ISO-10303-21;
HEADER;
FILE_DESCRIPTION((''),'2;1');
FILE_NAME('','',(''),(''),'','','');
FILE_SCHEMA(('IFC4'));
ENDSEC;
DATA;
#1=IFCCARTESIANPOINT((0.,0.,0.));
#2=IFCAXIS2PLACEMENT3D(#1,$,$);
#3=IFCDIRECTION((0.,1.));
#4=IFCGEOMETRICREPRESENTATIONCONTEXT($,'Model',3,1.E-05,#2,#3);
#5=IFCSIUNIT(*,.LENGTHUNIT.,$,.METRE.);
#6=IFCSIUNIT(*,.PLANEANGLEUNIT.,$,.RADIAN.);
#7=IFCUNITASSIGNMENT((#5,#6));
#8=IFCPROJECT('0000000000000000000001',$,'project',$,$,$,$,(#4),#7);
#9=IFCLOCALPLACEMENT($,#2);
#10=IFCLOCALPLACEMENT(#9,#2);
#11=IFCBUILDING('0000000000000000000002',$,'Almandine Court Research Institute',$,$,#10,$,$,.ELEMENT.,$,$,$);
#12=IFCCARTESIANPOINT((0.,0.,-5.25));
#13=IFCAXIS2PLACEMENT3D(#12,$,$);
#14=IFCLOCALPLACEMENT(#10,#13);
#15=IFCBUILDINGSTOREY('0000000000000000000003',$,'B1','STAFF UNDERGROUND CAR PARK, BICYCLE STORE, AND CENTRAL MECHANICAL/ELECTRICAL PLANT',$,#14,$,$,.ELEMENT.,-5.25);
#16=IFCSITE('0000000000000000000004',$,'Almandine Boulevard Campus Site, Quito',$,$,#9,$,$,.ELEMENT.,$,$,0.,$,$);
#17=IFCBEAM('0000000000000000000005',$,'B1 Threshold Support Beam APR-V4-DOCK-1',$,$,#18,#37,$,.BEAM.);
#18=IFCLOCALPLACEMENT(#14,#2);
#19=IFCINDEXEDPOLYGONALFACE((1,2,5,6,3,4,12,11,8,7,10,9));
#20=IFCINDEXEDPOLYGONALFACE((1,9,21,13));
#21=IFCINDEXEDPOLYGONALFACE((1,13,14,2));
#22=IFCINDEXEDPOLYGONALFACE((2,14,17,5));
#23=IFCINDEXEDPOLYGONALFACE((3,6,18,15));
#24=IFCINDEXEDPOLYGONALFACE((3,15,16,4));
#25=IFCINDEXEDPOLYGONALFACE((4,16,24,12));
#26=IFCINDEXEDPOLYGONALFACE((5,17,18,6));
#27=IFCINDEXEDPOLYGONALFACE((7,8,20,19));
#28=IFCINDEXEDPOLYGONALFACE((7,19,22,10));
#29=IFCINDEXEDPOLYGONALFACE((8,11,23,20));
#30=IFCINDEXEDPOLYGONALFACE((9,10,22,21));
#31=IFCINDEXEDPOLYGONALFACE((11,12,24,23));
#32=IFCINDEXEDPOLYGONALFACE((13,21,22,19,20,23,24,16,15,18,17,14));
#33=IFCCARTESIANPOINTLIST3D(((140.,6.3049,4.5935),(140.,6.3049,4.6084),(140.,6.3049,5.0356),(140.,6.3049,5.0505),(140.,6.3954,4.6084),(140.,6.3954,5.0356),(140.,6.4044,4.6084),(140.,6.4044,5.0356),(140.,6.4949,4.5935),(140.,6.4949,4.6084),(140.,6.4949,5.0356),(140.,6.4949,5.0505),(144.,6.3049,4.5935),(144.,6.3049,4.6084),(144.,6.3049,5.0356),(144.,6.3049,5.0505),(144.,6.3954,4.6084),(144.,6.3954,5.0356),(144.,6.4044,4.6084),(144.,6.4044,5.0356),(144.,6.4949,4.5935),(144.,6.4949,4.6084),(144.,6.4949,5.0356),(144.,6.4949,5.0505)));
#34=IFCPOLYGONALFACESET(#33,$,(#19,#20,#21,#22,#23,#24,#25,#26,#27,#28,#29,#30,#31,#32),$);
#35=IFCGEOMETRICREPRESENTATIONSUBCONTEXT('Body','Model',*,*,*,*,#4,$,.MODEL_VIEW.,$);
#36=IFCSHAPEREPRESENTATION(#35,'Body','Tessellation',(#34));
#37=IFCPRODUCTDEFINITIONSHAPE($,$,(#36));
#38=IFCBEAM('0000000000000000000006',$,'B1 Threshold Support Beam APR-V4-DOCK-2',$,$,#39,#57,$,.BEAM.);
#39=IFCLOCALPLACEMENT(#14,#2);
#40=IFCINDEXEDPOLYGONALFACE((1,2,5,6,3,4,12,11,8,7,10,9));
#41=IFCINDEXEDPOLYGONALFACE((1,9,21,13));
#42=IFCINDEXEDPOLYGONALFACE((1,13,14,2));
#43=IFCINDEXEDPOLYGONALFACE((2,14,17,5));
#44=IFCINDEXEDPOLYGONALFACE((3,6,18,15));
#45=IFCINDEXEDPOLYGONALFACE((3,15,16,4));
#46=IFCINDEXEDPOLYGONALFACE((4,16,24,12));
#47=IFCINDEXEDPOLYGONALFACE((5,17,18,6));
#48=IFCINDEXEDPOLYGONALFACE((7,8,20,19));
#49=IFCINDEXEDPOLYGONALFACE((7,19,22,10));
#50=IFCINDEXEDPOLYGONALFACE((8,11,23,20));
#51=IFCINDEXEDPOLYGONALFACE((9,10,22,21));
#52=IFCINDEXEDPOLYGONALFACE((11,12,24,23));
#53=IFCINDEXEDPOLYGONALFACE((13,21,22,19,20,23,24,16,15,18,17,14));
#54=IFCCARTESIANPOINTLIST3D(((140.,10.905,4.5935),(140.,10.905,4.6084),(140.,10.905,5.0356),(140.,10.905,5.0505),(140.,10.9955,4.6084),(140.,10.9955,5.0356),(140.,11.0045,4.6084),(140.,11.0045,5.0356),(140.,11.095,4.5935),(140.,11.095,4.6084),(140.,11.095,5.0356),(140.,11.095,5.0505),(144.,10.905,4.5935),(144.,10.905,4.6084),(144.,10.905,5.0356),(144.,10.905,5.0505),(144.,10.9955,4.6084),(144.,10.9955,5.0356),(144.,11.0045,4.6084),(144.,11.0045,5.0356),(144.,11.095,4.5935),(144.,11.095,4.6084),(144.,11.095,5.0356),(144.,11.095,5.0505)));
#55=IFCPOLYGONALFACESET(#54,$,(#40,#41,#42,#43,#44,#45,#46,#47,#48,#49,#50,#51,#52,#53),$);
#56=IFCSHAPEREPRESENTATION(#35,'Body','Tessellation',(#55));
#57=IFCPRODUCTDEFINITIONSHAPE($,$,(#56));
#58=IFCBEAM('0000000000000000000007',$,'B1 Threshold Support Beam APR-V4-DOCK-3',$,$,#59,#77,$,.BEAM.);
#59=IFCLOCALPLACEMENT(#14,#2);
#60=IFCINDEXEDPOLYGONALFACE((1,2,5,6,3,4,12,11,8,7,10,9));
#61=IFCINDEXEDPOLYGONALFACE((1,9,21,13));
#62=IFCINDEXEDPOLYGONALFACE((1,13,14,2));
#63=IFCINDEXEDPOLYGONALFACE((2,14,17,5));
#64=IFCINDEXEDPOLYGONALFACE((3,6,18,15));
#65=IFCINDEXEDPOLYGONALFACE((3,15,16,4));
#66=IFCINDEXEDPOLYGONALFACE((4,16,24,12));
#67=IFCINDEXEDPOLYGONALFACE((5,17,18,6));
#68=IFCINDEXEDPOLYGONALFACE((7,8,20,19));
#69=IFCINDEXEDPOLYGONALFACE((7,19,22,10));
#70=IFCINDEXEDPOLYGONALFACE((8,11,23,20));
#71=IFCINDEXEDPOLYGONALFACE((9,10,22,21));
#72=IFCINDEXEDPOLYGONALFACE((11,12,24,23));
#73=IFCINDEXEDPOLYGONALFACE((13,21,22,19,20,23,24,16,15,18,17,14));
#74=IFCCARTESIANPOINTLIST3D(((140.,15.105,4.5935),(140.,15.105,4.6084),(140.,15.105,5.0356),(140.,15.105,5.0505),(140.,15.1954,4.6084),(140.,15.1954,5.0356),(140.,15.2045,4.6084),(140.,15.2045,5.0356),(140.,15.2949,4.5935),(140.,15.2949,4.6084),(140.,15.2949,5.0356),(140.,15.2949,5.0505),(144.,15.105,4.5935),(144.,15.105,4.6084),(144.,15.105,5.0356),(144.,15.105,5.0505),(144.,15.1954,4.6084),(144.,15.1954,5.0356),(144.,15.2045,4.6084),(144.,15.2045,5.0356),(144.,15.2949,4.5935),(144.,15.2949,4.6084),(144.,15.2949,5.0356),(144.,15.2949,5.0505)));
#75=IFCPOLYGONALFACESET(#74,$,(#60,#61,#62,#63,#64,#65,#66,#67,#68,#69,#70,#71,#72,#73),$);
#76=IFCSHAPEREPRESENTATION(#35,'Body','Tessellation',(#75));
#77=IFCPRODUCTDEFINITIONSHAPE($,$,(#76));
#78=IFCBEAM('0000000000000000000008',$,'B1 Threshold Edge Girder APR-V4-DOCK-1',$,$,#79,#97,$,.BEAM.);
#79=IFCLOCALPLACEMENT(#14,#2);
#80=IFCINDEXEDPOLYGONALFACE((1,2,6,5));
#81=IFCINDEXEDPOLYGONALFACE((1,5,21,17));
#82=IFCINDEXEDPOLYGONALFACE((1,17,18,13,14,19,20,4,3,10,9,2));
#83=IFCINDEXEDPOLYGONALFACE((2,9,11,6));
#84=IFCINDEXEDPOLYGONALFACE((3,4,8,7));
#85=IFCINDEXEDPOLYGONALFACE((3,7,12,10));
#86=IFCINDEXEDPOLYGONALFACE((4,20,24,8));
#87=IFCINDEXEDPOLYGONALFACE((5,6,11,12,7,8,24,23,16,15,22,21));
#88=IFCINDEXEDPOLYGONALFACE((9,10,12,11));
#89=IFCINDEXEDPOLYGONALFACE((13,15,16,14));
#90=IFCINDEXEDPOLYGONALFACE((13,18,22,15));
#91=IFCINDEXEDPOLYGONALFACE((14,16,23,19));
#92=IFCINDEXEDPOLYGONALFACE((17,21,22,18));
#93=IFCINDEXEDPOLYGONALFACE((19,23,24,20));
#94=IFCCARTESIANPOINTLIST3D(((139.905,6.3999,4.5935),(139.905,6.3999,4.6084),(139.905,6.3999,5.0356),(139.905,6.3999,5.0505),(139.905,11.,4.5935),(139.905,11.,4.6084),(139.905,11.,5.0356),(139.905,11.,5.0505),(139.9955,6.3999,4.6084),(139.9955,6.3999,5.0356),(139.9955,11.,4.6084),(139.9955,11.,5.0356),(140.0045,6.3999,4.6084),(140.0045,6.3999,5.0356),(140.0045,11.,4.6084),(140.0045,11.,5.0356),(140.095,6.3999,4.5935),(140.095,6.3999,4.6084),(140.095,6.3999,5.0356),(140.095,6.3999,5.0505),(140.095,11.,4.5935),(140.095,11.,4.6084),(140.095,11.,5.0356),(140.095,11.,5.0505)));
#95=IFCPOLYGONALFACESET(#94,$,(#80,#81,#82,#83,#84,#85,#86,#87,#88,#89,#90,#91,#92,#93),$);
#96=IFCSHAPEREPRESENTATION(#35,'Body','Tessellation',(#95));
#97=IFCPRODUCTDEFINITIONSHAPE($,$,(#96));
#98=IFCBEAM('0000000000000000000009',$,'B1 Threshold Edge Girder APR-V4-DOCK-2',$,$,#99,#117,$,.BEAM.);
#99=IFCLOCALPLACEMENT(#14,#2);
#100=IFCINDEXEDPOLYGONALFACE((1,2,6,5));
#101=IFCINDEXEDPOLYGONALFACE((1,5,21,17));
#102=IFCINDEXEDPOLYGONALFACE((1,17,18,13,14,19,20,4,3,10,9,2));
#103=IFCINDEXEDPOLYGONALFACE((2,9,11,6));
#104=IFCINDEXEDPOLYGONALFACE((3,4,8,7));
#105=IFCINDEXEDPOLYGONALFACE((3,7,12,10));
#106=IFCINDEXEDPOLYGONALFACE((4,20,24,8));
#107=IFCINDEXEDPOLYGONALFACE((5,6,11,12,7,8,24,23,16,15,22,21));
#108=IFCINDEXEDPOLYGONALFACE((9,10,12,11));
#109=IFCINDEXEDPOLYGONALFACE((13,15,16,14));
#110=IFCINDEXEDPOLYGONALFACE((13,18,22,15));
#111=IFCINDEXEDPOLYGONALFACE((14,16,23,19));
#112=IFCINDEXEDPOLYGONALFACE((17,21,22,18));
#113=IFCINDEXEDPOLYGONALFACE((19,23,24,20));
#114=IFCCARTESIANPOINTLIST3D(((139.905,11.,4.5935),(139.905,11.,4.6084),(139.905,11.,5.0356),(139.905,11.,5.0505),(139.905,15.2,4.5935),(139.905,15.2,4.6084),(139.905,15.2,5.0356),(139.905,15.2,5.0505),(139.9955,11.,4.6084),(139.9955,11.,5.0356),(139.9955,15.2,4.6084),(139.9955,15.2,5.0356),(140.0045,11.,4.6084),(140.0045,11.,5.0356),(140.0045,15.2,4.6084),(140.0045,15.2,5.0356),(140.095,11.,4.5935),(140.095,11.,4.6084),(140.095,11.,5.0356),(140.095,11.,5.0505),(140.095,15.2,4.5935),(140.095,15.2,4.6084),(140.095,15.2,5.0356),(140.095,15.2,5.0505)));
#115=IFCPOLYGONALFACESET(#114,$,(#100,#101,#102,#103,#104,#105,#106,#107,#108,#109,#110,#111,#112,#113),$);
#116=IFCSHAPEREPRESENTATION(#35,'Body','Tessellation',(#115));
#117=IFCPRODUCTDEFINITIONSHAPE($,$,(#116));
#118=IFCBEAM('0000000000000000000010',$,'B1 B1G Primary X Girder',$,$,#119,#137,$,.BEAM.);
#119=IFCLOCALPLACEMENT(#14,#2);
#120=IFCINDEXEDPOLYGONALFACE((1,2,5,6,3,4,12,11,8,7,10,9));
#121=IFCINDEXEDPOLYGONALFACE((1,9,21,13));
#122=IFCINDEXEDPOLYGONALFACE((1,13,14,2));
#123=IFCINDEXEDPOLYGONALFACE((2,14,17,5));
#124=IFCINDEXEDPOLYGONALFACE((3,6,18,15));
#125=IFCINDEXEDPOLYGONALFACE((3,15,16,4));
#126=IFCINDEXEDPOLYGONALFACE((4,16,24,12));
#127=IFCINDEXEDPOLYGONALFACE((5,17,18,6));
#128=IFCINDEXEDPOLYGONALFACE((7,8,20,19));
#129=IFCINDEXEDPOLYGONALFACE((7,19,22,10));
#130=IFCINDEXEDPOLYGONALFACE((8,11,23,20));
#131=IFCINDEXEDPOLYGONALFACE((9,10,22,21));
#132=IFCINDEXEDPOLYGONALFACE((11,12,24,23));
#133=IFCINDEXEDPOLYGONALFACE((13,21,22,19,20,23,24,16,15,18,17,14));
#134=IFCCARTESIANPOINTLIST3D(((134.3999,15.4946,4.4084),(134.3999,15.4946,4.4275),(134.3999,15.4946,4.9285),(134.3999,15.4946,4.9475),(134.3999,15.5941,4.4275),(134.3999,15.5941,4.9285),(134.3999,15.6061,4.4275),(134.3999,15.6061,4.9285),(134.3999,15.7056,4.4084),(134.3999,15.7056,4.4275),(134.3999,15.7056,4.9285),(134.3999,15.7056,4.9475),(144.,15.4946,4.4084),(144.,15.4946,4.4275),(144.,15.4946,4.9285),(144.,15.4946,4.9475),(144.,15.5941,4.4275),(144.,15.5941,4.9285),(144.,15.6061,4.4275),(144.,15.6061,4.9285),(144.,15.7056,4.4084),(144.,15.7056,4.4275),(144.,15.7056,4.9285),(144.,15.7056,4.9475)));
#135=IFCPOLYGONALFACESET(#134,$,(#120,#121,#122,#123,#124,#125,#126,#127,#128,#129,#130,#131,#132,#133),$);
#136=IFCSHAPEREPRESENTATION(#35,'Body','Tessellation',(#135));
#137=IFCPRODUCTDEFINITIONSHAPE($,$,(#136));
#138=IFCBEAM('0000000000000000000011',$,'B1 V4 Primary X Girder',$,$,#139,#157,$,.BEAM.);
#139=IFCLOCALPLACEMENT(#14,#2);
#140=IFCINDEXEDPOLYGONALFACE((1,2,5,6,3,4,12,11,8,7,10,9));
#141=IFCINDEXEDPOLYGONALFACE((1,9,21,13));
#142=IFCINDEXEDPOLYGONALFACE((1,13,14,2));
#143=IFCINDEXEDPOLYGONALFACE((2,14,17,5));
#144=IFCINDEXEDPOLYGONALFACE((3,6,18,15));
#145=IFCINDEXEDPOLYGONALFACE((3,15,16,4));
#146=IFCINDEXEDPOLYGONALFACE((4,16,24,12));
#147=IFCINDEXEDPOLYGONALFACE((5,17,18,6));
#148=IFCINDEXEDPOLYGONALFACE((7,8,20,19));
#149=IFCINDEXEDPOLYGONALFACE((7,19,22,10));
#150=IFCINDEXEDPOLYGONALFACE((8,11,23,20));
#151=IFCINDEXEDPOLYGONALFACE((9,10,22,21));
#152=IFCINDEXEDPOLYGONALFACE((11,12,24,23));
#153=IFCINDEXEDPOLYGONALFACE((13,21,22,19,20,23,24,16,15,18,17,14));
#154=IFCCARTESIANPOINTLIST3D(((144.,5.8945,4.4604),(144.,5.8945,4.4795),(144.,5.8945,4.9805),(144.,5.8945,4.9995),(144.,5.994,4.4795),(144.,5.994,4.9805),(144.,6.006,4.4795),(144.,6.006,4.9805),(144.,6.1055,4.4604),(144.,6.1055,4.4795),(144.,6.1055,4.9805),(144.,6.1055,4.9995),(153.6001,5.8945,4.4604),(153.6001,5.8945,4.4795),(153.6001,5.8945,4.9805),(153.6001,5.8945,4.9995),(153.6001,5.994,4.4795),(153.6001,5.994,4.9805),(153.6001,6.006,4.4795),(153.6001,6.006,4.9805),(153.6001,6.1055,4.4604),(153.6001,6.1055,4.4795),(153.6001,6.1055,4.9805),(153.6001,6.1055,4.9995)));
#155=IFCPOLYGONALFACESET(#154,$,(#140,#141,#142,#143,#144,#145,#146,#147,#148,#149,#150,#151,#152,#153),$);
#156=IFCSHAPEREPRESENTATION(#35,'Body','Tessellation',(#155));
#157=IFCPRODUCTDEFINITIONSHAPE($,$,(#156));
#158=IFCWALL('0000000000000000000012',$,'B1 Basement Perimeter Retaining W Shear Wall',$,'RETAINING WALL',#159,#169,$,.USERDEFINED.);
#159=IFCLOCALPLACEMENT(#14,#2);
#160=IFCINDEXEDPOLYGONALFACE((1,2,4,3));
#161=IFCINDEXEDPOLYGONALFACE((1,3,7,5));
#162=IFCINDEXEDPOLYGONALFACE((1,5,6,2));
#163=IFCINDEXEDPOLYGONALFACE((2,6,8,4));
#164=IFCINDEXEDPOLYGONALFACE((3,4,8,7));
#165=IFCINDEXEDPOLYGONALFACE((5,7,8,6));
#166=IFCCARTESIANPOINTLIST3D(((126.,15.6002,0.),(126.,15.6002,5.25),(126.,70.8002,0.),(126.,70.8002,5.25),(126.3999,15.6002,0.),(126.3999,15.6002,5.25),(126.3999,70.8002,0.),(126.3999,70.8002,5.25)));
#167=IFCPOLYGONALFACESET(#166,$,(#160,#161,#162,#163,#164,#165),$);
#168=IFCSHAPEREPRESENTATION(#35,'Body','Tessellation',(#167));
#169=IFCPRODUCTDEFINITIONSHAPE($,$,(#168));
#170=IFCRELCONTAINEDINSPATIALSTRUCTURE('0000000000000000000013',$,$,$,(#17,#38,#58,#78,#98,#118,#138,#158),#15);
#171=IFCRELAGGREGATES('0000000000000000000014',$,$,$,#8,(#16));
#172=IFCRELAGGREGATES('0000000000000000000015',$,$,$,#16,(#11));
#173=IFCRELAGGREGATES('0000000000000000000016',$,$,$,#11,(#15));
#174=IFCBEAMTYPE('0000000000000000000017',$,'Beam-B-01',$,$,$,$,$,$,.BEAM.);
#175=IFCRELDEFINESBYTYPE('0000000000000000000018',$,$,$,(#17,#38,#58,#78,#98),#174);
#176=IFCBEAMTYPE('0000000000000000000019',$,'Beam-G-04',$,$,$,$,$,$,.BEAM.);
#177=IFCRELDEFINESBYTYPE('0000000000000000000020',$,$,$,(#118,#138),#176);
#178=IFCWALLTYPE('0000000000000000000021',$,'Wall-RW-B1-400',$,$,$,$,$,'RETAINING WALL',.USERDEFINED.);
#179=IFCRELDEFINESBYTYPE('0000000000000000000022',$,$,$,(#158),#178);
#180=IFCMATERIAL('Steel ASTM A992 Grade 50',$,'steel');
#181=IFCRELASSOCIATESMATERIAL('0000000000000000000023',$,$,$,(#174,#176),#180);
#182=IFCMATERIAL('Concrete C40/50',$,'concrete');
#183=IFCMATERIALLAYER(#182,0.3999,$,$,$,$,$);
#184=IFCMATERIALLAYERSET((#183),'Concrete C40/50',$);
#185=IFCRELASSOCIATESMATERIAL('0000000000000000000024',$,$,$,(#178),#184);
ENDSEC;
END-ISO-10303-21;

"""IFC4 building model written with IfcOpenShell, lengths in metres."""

from ifc_helpers import new_model, si_unit, direction, frame, frame_2d, origin, origin_2d, place, context, subcontext, project, spatial, rectangle, i_section, extrude, material, layer, layer_set, material_profile, profile_set, type_object, element, save


model = new_model("IFC4")

# Units and contexts
model_context = context("Model", 3, precision=1e-05, world=origin(), true_north=direction((0.0, 1.0)))
body_context = subcontext(model_context, "Body", "Model", "MODEL_VIEW")
ifc_project = project(units=[si_unit("LENGTHUNIT", "METRE"), si_unit("PLANEANGLEUNIT", "RADIAN")], contexts=[model_context])

# Site, building, storey
site_placement = place(None, origin())
site = spatial("IfcSite", under=ifc_project, at=site_placement, Name="Almandine Boulevard Campus Site, Quito", CompositionType="ELEMENT", RefElevation=0.0)
building_placement = place(site_placement, origin())
building = spatial("IfcBuilding", under=site, at=building_placement, Name="Almandine Court Research Institute", CompositionType="ELEMENT")
storey_placement = place(building_placement, frame((0.0, 0.0, -5.25)))
storey = spatial("IfcBuildingStorey", under=building, at=storey_placement, Name="B1", Description="STAFF UNDERGROUND CAR PARK, BICYCLE STORE, AND CENTRAL MECHANICAL/ELECTRICAL PLANT", CompositionType="ELEMENT", Elevation=-5.25)

# Shared definitions
ifc_material_1 = material(Name="Concrete C40/50", Category="concrete")
ifc_material_2 = material(Name="Steel ASTM A992 Grade 50", Category="steel")

# Beams
ifc_material_profile_1 = material_profile(ifc_material_2, i_section(OverallWidth=0.1899, OverallDepth=0.457, WebThickness=0.009, FlangeThickness=0.0149, at=origin_2d()), Name="W460x74")
ifc_profile_set_1 = profile_set([ifc_material_profile_1], Name="Steel ASTM A992 Grade 50")
beam_type_1 = type_object("IfcBeamType", Name="Beam-B-01", PredefinedType="BEAM", material=ifc_profile_set_1)
for number, where, z_axis, x_axis, name in (
    (1, (140.0, 6.3999, 4.822), (1.0, 0.0, 0.0), (0.0, 1.0, 0.0), "B1 Threshold Support Beam APR-V4-DOCK-1"),
    (2, (140.0, 11.0, 4.822), (1.0, 0.0, 0.0), (0.0, 1.0, 0.0), "B1 Threshold Support Beam APR-V4-DOCK-2"),
    (3, (140.0, 15.2, 4.822), (1.0, 0.0, 0.0), (0.0, 1.0, 0.0), "B1 Threshold Support Beam APR-V4-DOCK-3"),
):
    element("IfcBeam", number, at=place(storey_placement, frame(where, z_axis=z_axis, x_axis=x_axis)), inside=storey, type_object=beam_type_1, Name=name, PredefinedType="BEAM", context=body_context, shape_type="SweptSolid", body=[
        extrude(i_section(OverallWidth=0.1899, OverallDepth=0.457, WebThickness=0.009, FlangeThickness=0.0149, at=origin_2d()), origin(), (0.0, 0.0, 1.0), 4.0),
    ])
beam_1_placement = place(storey_placement, frame((140.0, 6.3999, 4.822), z_axis=(0.0, 1.0, 0.0), x_axis=(-1.0, 0.0, 0.0)))
element("IfcBeam", 4, at=beam_1_placement, inside=storey, type_object=beam_type_1, Name="B1 Threshold Edge Girder APR-V4-DOCK-1", PredefinedType="BEAM", context=body_context, shape_type="SweptSolid", body=[
    extrude(i_section(OverallWidth=0.1899, OverallDepth=0.457, WebThickness=0.009, FlangeThickness=0.0149, at=origin_2d()), origin(), (0.0, 0.0, 1.0), 4.6001),
])
beam_2_placement = place(storey_placement, frame((140.0, 11.0, 4.822), z_axis=(0.0, 1.0, 0.0), x_axis=(-1.0, 0.0, 0.0)))
element("IfcBeam", 5, at=beam_2_placement, inside=storey, type_object=beam_type_1, Name="B1 Threshold Edge Girder APR-V4-DOCK-2", PredefinedType="BEAM", context=body_context, shape_type="SweptSolid", body=[
    extrude(i_section(OverallWidth=0.1899, OverallDepth=0.457, WebThickness=0.009, FlangeThickness=0.0149, at=origin_2d()), origin(), (0.0, 0.0, 1.0), 4.2),
])
ifc_material_profile_2 = material_profile(ifc_material_2, i_section(OverallWidth=0.2109, OverallDepth=0.5391, WebThickness=0.012, FlangeThickness=0.019, at=origin_2d()), Name="W530x109")
ifc_profile_set_2 = profile_set([ifc_material_profile_2], Name="Steel ASTM A992 Grade 50")
beam_type_2 = type_object("IfcBeamType", Name="Beam-G-04", PredefinedType="BEAM", material=ifc_profile_set_2)
for number, where, z_axis, x_axis, name in (
    (6, (134.3999, 15.6001, 4.678), (1.0, 0.0, 0.0), (0.0, 1.0, 0.0), "B1 B1G Primary X Girder"),
    (7, (144.0, 6.0, 4.73), (1.0, 0.0, 0.0), (0.0, 1.0, 0.0), "B1 V4 Primary X Girder"),
):
    element("IfcBeam", number, at=place(storey_placement, frame(where, z_axis=z_axis, x_axis=x_axis)), inside=storey, type_object=beam_type_2, Name=name, PredefinedType="BEAM", context=body_context, shape_type="SweptSolid", body=[
        extrude(i_section(OverallWidth=0.2109, OverallDepth=0.5391, WebThickness=0.012, FlangeThickness=0.019, at=origin_2d()), origin(), (0.0, 0.0, 1.0), 9.6001),
    ])

# Wall
ifc_layer = layer(ifc_material_1, 0.3999)
ifc_layer_set = layer_set([ifc_layer], Name="Concrete C40/50")
wall_type = type_object("IfcWallType", Name="Wall-RW-B1-400", ElementType="RETAINING WALL", PredefinedType="USERDEFINED", material=ifc_layer_set)
wall_placement = place(storey_placement, frame((126.2, 15.6001, 0.0), z_axis=(0.0, 0.0, 1.0), x_axis=(0.0, 1.0, 0.0)))
element("IfcWall", 8, at=wall_placement, inside=storey, type_object=wall_type, Name="B1 Basement Perimeter Retaining W Shear Wall", ObjectType="RETAINING WALL", PredefinedType="USERDEFINED", context=body_context, shape_type="SweptSolid", body=[
    extrude(rectangle(XDim=55.2, YDim=0.3999, at=frame_2d((27.6001, 0.0))), origin(), (0.0, 0.0, 1.0), 5.25),
])

save(model, "model.ifc")
